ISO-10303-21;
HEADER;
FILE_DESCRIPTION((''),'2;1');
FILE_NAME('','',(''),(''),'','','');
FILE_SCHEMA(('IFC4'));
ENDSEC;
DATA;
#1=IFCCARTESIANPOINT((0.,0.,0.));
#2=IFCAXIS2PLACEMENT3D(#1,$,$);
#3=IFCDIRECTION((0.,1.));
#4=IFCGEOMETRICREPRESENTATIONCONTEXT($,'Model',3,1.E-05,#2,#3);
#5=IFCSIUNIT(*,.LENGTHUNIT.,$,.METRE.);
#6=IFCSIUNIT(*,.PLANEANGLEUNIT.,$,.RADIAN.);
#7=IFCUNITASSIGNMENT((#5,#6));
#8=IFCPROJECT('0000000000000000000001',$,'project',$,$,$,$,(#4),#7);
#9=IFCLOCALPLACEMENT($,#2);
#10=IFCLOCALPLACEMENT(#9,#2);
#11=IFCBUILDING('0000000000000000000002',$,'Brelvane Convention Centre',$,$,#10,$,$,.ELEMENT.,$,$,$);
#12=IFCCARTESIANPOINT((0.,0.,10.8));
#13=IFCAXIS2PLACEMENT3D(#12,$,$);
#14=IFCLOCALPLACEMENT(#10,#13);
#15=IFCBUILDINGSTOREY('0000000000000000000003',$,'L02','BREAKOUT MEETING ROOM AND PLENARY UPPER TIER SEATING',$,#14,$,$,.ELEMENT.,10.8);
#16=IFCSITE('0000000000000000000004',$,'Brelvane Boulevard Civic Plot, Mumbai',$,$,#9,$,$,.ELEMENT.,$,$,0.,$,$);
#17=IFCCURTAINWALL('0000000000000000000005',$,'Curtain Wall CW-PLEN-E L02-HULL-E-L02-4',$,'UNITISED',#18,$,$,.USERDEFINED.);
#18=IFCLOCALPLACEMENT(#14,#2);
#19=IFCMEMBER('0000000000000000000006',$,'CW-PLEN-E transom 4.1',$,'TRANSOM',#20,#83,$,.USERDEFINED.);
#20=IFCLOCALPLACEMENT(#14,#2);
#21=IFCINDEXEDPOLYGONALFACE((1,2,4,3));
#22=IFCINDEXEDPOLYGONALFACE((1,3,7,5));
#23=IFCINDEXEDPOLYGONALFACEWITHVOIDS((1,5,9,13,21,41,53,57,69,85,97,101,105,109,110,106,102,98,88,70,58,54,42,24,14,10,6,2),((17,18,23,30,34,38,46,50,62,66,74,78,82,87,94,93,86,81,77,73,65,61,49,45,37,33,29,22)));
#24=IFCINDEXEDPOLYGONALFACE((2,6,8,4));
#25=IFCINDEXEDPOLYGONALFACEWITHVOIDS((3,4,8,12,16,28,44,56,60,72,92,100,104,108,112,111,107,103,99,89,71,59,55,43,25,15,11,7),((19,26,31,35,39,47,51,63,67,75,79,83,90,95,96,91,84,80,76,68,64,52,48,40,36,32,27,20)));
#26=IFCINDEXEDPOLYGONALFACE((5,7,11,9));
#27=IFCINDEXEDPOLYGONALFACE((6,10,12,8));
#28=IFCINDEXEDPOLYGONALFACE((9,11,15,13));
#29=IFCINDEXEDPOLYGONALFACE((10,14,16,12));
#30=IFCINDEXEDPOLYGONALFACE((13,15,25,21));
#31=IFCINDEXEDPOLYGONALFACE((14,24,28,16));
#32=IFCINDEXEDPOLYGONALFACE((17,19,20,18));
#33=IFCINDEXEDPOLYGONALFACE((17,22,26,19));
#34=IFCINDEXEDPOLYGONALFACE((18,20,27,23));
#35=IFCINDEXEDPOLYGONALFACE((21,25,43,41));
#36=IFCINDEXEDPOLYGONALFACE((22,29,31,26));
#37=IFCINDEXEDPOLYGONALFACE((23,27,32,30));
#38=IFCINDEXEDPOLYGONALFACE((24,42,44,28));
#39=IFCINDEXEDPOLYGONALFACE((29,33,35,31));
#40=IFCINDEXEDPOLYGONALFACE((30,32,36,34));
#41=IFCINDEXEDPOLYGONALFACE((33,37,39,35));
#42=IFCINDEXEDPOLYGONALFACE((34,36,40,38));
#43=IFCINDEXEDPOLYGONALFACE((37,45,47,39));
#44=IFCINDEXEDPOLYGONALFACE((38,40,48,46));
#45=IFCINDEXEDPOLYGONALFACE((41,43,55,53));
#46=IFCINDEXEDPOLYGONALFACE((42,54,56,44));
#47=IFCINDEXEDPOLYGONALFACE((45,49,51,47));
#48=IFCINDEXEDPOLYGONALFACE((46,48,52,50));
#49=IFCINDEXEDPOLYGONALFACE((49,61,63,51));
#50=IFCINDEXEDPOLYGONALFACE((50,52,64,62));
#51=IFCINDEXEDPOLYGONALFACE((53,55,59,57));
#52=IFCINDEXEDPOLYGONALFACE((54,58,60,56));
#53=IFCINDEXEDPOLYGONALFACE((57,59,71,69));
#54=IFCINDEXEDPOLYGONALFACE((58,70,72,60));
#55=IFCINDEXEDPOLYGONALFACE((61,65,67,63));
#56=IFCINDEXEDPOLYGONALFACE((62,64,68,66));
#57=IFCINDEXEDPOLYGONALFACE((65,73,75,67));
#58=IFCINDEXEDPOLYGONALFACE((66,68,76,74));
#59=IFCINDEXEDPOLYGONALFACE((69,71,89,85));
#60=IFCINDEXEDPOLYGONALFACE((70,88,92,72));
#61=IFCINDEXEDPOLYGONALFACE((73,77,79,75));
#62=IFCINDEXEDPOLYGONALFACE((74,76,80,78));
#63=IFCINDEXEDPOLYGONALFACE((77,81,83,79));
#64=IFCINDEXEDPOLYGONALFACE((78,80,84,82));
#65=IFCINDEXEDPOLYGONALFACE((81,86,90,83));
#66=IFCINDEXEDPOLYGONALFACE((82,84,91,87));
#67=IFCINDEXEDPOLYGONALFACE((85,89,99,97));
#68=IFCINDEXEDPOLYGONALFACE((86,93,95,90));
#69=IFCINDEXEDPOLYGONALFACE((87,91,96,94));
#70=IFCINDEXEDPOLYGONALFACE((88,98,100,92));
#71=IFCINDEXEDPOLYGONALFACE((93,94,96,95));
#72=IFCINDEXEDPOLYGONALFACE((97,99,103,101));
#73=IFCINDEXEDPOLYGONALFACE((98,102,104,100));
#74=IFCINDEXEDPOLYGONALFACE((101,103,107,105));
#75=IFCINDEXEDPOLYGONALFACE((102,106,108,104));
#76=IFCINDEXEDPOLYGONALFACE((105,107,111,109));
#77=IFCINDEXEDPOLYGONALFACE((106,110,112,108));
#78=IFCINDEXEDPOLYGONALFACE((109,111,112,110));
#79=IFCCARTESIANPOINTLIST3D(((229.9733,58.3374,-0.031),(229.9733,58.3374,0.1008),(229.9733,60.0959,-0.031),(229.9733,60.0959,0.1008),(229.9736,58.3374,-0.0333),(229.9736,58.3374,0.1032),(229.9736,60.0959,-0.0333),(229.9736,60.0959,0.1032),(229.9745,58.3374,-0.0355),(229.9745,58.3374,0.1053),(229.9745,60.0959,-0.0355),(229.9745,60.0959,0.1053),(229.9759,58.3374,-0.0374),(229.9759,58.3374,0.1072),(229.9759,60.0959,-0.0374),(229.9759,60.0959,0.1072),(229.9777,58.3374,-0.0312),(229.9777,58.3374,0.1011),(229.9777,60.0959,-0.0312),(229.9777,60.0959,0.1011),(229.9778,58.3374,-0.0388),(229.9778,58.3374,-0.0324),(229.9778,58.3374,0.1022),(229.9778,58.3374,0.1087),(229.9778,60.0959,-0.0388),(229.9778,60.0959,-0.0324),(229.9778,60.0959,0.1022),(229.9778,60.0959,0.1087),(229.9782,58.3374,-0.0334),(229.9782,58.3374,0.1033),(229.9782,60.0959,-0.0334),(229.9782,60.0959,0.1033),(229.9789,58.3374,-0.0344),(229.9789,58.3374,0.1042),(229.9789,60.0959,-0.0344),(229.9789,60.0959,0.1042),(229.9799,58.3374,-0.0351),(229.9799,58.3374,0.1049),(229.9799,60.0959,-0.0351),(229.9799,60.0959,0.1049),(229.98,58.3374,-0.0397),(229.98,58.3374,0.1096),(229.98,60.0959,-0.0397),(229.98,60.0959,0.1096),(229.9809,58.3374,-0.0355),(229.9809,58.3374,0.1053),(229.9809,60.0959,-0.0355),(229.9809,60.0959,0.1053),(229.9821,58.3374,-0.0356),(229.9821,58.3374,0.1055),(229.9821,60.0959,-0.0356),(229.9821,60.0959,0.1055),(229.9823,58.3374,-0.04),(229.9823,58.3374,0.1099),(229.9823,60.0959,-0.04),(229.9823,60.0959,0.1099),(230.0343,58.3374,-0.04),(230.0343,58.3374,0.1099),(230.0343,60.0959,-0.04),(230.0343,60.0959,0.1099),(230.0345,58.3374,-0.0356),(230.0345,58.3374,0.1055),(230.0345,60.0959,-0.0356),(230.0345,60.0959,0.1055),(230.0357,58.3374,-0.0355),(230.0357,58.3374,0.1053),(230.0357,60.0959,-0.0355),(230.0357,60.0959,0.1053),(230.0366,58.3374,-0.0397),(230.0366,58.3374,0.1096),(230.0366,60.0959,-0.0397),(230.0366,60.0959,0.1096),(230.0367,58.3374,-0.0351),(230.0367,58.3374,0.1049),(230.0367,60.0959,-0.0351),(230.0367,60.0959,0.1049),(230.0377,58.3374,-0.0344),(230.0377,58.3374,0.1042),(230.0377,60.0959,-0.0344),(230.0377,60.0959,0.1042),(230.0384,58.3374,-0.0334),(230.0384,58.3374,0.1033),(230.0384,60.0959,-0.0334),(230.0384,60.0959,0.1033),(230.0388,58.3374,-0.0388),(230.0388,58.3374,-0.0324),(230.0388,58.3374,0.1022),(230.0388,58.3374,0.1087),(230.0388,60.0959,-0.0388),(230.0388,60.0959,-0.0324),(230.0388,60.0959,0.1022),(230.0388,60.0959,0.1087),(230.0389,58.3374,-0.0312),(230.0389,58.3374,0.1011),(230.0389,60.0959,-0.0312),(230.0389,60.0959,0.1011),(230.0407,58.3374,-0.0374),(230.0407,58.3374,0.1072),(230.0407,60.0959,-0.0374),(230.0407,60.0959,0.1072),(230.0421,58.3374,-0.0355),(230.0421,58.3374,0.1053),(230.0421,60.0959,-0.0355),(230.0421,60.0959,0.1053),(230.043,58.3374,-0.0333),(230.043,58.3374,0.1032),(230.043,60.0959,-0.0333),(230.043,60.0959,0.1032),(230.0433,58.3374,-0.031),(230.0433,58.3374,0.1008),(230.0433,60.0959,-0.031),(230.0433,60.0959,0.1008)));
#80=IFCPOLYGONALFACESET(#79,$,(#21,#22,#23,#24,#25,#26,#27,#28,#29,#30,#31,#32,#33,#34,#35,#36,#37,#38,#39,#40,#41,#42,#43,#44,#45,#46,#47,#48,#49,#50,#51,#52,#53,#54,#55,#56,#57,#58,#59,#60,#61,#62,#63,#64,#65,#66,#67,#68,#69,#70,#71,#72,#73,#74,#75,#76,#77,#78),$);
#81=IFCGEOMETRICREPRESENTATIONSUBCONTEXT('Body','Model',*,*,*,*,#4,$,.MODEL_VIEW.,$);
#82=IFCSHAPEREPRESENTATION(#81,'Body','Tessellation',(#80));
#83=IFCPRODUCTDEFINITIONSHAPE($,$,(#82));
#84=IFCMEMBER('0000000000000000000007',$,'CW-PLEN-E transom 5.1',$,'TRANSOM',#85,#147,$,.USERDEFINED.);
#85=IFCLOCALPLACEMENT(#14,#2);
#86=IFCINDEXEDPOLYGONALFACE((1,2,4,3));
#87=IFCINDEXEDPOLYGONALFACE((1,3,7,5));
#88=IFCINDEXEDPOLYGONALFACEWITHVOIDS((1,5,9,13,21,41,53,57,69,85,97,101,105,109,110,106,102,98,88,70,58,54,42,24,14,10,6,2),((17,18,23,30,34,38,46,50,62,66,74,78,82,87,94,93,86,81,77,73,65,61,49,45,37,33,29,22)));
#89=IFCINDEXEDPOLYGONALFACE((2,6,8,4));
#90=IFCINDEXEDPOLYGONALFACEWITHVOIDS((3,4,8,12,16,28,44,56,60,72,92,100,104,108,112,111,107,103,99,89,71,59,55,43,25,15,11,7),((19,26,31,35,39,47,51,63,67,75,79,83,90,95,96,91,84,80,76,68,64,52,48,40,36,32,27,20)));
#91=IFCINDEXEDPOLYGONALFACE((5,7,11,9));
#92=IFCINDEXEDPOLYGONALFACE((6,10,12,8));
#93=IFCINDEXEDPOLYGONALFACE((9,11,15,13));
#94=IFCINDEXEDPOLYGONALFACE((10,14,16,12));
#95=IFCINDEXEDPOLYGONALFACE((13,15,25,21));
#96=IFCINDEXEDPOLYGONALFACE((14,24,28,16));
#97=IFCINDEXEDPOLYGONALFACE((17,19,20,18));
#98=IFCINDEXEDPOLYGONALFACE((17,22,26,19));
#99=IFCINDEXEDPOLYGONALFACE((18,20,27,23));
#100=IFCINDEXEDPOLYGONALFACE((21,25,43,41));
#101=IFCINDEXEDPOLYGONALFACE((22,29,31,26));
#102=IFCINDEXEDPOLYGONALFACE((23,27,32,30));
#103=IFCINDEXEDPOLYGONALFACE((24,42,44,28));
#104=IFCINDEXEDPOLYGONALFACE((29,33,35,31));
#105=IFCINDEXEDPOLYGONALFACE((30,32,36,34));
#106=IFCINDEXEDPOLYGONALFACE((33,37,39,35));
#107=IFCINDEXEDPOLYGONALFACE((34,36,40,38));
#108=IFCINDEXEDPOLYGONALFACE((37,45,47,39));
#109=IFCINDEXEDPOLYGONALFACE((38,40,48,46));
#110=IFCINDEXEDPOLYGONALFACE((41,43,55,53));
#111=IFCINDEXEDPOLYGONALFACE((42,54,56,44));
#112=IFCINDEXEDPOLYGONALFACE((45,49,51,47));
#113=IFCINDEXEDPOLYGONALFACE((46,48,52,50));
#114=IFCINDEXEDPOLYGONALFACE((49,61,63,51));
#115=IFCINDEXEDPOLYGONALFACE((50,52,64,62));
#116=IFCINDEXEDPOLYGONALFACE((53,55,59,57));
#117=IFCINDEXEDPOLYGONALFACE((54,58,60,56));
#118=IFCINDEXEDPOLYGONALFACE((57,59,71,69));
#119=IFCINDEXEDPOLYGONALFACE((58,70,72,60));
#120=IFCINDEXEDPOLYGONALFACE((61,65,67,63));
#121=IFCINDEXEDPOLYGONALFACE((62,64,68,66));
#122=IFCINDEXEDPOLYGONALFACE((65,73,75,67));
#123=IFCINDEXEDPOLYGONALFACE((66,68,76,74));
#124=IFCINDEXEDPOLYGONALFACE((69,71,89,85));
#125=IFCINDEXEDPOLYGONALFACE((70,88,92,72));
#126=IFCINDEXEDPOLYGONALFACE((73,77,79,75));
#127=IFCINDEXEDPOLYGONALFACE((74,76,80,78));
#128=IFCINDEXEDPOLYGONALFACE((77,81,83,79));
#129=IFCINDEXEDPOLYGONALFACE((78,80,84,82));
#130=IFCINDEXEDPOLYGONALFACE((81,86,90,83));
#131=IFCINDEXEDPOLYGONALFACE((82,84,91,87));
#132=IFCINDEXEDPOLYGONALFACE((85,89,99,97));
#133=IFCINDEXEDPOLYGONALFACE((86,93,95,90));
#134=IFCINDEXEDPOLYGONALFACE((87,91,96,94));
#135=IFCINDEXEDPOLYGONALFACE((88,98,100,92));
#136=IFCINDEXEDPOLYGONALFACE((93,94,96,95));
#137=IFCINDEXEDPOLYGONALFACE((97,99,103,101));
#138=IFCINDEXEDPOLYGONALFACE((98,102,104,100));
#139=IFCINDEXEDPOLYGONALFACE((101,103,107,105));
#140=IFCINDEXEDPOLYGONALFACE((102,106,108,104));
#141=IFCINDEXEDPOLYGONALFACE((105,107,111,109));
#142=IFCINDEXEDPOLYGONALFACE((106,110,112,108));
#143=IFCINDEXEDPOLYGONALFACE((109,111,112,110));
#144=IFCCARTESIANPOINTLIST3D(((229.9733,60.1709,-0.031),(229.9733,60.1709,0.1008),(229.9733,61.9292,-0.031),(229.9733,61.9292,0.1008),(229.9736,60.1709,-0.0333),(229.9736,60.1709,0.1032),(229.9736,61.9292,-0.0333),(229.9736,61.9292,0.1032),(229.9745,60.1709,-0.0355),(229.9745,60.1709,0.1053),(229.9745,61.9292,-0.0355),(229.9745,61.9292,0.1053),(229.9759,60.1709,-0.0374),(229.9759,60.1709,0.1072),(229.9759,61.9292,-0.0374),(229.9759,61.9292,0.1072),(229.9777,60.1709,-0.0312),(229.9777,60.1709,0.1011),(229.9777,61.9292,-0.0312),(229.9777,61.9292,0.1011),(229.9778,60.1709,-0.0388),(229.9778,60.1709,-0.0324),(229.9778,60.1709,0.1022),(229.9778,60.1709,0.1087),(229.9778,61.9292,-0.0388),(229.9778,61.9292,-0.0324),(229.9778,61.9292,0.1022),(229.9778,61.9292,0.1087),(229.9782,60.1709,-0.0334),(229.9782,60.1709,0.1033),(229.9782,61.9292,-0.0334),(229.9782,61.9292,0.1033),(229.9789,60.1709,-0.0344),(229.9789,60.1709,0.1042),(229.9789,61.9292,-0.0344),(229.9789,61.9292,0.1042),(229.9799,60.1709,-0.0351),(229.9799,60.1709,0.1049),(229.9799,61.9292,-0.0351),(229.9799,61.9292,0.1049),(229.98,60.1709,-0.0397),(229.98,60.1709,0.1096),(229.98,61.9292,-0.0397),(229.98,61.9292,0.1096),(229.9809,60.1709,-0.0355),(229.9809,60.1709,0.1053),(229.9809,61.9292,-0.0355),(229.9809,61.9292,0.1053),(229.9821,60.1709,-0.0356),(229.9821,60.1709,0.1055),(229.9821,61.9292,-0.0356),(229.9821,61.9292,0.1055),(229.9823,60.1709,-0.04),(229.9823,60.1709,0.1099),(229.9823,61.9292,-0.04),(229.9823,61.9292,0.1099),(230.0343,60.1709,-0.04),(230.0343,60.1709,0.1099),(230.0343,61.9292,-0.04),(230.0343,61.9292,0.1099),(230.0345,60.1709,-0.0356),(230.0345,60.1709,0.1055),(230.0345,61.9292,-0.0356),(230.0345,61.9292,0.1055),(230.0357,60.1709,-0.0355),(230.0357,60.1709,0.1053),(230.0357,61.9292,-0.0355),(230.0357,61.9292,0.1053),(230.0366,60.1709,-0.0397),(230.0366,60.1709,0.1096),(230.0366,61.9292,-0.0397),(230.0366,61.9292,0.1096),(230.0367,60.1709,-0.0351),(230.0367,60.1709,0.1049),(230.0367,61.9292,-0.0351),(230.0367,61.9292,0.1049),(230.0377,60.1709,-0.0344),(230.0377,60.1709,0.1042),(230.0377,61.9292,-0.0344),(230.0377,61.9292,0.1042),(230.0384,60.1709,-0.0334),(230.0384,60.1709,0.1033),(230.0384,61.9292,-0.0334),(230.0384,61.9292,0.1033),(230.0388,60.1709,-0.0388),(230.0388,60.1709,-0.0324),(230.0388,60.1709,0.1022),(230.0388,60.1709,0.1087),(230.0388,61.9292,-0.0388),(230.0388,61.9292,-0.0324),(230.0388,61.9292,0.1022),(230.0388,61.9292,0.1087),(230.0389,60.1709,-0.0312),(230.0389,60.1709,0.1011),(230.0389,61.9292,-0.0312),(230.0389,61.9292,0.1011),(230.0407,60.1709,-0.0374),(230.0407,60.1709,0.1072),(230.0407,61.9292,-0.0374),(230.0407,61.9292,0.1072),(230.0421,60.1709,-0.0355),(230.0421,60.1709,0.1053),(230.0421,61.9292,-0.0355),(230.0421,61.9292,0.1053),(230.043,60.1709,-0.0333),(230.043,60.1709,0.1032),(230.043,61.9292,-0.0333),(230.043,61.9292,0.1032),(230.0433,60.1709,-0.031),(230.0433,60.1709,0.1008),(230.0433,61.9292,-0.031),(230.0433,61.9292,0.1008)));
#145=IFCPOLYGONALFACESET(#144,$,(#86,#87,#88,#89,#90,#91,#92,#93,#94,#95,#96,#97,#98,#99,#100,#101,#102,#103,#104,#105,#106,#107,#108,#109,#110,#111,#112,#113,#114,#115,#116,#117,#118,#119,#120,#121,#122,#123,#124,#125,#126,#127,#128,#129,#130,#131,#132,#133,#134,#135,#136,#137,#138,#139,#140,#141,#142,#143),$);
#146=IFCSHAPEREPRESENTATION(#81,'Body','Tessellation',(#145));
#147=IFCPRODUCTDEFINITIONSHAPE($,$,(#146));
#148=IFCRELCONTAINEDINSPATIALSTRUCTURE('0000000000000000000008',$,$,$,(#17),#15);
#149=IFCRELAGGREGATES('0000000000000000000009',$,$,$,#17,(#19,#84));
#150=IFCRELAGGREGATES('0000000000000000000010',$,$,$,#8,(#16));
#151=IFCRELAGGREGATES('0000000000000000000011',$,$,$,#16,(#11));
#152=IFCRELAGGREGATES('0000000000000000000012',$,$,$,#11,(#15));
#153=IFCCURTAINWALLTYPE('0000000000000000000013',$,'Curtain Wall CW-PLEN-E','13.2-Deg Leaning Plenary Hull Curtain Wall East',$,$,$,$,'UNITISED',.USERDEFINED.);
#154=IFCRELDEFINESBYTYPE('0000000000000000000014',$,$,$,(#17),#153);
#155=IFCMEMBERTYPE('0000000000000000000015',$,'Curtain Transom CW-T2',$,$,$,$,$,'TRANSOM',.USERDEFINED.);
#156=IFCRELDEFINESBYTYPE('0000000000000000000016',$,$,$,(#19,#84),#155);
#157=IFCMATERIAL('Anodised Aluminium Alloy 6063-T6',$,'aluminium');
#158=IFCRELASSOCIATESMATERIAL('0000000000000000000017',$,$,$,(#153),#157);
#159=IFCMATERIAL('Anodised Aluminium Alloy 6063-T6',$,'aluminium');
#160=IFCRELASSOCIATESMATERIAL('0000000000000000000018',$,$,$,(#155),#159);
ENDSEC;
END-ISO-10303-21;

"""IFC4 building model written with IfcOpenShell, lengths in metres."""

from ifc_helpers import new_model, si_unit, direction, frame, origin, origin_2d, place, context, subcontext, project, spatial, hollow_rectangle, extrude, material, material_profile, profile_set, type_object, element, aggregate, save


model = new_model("IFC4")

# Units and contexts
model_context = context("Model", 3, precision=1e-05, world=origin(), true_north=direction((0.0, 1.0)))
body_context = subcontext(model_context, "Body", "Model", "MODEL_VIEW")
ifc_project = project(units=[si_unit("LENGTHUNIT", "METRE"), si_unit("PLANEANGLEUNIT", "RADIAN")], contexts=[model_context])

# Site, building, storey
site_placement = place(None, origin())
site = spatial("IfcSite", under=ifc_project, at=site_placement, Name="Brelvane Boulevard Civic Plot, Mumbai", CompositionType="ELEMENT", RefElevation=0.0)
building_placement = place(site_placement, origin())
building = spatial("IfcBuilding", under=site, at=building_placement, Name="Brelvane Convention Centre", CompositionType="ELEMENT")
storey_placement = place(building_placement, frame((0.0, 0.0, 10.8)))
storey = spatial("IfcBuildingStorey", under=building, at=storey_placement, Name="L02", Description="BREAKOUT MEETING ROOM AND PLENARY UPPER TIER SEATING", CompositionType="ELEMENT", Elevation=10.8)

# Curtain wall
ifc_material_1 = material(Name="Anodised Aluminium Alloy 6063-T6", Category="aluminium")
curtain_wall_type = type_object("IfcCurtainWallType", Name="Curtain Wall CW-PLEN-E", Description="13.2-Deg Leaning Plenary Hull Curtain Wall East", ElementType="UNITISED", PredefinedType="USERDEFINED", material=ifc_material_1)
curtain_wall_1_placement = place(storey_placement, origin())
curtain_wall_1 = element("IfcCurtainWall", 1, at=curtain_wall_1_placement, inside=storey, type_object=curtain_wall_type, Name="Curtain Wall CW-PLEN-E L02-HULL-E-L02-4", ObjectType="UNITISED", PredefinedType="USERDEFINED")

# Members
ifc_material_2 = material(Name="Anodised Aluminium Alloy 6063-T6", Category="aluminium")
ifc_material_profile_1 = material_profile(ifc_material_2, hollow_rectangle(XDim=0.0701, YDim=0.1499, WallThickness=0.0044, InnerFilletRadius=0.0044, OuterFilletRadius=0.009, at=origin_2d()), Name="ALU-T 150x70x4.5")
ifc_profile_set_1 = profile_set([ifc_material_profile_1], Name="Anodised Aluminium Alloy 6063-T6")
member_type_1 = type_object("IfcMemberType", Name="Curtain Transom CW-T2", ElementType="TRANSOM", PredefinedType="USERDEFINED", material=ifc_profile_set_1)
member_1_placement = place(storey_placement, frame((230.0083, 58.3374, 0.0349), z_axis=(0.0, 1.0, 0.0), x_axis=(-1.0, 0.0, 0.0)))
member_1 = element("IfcMember", 2, at=member_1_placement, type_object=member_type_1, Name="CW-PLEN-E transom 4.1", ObjectType="TRANSOM", PredefinedType="USERDEFINED", context=body_context, shape_type="SweptSolid", body=[
    extrude(hollow_rectangle(XDim=0.0701, YDim=0.1499, WallThickness=0.0044, InnerFilletRadius=0.0044, OuterFilletRadius=0.009, at=origin_2d()), origin(), (0.0, 0.0, 1.0), 1.7585),
])
member_2_placement = place(storey_placement, frame((230.0083, 60.1709, 0.0349), z_axis=(0.0, 1.0, 0.0), x_axis=(-1.0, 0.0, 0.0)))
member_2 = element("IfcMember", 3, at=member_2_placement, type_object=member_type_1, Name="CW-PLEN-E transom 5.1", ObjectType="TRANSOM", PredefinedType="USERDEFINED", context=body_context, shape_type="SweptSolid", body=[
    extrude(hollow_rectangle(XDim=0.0701, YDim=0.1499, WallThickness=0.0044, InnerFilletRadius=0.0044, OuterFilletRadius=0.009, at=origin_2d()), origin(), (0.0, 0.0, 1.0), 1.7583),
])
aggregate(curtain_wall_1, [member_1, member_2])

save(model, "model.ifc")
